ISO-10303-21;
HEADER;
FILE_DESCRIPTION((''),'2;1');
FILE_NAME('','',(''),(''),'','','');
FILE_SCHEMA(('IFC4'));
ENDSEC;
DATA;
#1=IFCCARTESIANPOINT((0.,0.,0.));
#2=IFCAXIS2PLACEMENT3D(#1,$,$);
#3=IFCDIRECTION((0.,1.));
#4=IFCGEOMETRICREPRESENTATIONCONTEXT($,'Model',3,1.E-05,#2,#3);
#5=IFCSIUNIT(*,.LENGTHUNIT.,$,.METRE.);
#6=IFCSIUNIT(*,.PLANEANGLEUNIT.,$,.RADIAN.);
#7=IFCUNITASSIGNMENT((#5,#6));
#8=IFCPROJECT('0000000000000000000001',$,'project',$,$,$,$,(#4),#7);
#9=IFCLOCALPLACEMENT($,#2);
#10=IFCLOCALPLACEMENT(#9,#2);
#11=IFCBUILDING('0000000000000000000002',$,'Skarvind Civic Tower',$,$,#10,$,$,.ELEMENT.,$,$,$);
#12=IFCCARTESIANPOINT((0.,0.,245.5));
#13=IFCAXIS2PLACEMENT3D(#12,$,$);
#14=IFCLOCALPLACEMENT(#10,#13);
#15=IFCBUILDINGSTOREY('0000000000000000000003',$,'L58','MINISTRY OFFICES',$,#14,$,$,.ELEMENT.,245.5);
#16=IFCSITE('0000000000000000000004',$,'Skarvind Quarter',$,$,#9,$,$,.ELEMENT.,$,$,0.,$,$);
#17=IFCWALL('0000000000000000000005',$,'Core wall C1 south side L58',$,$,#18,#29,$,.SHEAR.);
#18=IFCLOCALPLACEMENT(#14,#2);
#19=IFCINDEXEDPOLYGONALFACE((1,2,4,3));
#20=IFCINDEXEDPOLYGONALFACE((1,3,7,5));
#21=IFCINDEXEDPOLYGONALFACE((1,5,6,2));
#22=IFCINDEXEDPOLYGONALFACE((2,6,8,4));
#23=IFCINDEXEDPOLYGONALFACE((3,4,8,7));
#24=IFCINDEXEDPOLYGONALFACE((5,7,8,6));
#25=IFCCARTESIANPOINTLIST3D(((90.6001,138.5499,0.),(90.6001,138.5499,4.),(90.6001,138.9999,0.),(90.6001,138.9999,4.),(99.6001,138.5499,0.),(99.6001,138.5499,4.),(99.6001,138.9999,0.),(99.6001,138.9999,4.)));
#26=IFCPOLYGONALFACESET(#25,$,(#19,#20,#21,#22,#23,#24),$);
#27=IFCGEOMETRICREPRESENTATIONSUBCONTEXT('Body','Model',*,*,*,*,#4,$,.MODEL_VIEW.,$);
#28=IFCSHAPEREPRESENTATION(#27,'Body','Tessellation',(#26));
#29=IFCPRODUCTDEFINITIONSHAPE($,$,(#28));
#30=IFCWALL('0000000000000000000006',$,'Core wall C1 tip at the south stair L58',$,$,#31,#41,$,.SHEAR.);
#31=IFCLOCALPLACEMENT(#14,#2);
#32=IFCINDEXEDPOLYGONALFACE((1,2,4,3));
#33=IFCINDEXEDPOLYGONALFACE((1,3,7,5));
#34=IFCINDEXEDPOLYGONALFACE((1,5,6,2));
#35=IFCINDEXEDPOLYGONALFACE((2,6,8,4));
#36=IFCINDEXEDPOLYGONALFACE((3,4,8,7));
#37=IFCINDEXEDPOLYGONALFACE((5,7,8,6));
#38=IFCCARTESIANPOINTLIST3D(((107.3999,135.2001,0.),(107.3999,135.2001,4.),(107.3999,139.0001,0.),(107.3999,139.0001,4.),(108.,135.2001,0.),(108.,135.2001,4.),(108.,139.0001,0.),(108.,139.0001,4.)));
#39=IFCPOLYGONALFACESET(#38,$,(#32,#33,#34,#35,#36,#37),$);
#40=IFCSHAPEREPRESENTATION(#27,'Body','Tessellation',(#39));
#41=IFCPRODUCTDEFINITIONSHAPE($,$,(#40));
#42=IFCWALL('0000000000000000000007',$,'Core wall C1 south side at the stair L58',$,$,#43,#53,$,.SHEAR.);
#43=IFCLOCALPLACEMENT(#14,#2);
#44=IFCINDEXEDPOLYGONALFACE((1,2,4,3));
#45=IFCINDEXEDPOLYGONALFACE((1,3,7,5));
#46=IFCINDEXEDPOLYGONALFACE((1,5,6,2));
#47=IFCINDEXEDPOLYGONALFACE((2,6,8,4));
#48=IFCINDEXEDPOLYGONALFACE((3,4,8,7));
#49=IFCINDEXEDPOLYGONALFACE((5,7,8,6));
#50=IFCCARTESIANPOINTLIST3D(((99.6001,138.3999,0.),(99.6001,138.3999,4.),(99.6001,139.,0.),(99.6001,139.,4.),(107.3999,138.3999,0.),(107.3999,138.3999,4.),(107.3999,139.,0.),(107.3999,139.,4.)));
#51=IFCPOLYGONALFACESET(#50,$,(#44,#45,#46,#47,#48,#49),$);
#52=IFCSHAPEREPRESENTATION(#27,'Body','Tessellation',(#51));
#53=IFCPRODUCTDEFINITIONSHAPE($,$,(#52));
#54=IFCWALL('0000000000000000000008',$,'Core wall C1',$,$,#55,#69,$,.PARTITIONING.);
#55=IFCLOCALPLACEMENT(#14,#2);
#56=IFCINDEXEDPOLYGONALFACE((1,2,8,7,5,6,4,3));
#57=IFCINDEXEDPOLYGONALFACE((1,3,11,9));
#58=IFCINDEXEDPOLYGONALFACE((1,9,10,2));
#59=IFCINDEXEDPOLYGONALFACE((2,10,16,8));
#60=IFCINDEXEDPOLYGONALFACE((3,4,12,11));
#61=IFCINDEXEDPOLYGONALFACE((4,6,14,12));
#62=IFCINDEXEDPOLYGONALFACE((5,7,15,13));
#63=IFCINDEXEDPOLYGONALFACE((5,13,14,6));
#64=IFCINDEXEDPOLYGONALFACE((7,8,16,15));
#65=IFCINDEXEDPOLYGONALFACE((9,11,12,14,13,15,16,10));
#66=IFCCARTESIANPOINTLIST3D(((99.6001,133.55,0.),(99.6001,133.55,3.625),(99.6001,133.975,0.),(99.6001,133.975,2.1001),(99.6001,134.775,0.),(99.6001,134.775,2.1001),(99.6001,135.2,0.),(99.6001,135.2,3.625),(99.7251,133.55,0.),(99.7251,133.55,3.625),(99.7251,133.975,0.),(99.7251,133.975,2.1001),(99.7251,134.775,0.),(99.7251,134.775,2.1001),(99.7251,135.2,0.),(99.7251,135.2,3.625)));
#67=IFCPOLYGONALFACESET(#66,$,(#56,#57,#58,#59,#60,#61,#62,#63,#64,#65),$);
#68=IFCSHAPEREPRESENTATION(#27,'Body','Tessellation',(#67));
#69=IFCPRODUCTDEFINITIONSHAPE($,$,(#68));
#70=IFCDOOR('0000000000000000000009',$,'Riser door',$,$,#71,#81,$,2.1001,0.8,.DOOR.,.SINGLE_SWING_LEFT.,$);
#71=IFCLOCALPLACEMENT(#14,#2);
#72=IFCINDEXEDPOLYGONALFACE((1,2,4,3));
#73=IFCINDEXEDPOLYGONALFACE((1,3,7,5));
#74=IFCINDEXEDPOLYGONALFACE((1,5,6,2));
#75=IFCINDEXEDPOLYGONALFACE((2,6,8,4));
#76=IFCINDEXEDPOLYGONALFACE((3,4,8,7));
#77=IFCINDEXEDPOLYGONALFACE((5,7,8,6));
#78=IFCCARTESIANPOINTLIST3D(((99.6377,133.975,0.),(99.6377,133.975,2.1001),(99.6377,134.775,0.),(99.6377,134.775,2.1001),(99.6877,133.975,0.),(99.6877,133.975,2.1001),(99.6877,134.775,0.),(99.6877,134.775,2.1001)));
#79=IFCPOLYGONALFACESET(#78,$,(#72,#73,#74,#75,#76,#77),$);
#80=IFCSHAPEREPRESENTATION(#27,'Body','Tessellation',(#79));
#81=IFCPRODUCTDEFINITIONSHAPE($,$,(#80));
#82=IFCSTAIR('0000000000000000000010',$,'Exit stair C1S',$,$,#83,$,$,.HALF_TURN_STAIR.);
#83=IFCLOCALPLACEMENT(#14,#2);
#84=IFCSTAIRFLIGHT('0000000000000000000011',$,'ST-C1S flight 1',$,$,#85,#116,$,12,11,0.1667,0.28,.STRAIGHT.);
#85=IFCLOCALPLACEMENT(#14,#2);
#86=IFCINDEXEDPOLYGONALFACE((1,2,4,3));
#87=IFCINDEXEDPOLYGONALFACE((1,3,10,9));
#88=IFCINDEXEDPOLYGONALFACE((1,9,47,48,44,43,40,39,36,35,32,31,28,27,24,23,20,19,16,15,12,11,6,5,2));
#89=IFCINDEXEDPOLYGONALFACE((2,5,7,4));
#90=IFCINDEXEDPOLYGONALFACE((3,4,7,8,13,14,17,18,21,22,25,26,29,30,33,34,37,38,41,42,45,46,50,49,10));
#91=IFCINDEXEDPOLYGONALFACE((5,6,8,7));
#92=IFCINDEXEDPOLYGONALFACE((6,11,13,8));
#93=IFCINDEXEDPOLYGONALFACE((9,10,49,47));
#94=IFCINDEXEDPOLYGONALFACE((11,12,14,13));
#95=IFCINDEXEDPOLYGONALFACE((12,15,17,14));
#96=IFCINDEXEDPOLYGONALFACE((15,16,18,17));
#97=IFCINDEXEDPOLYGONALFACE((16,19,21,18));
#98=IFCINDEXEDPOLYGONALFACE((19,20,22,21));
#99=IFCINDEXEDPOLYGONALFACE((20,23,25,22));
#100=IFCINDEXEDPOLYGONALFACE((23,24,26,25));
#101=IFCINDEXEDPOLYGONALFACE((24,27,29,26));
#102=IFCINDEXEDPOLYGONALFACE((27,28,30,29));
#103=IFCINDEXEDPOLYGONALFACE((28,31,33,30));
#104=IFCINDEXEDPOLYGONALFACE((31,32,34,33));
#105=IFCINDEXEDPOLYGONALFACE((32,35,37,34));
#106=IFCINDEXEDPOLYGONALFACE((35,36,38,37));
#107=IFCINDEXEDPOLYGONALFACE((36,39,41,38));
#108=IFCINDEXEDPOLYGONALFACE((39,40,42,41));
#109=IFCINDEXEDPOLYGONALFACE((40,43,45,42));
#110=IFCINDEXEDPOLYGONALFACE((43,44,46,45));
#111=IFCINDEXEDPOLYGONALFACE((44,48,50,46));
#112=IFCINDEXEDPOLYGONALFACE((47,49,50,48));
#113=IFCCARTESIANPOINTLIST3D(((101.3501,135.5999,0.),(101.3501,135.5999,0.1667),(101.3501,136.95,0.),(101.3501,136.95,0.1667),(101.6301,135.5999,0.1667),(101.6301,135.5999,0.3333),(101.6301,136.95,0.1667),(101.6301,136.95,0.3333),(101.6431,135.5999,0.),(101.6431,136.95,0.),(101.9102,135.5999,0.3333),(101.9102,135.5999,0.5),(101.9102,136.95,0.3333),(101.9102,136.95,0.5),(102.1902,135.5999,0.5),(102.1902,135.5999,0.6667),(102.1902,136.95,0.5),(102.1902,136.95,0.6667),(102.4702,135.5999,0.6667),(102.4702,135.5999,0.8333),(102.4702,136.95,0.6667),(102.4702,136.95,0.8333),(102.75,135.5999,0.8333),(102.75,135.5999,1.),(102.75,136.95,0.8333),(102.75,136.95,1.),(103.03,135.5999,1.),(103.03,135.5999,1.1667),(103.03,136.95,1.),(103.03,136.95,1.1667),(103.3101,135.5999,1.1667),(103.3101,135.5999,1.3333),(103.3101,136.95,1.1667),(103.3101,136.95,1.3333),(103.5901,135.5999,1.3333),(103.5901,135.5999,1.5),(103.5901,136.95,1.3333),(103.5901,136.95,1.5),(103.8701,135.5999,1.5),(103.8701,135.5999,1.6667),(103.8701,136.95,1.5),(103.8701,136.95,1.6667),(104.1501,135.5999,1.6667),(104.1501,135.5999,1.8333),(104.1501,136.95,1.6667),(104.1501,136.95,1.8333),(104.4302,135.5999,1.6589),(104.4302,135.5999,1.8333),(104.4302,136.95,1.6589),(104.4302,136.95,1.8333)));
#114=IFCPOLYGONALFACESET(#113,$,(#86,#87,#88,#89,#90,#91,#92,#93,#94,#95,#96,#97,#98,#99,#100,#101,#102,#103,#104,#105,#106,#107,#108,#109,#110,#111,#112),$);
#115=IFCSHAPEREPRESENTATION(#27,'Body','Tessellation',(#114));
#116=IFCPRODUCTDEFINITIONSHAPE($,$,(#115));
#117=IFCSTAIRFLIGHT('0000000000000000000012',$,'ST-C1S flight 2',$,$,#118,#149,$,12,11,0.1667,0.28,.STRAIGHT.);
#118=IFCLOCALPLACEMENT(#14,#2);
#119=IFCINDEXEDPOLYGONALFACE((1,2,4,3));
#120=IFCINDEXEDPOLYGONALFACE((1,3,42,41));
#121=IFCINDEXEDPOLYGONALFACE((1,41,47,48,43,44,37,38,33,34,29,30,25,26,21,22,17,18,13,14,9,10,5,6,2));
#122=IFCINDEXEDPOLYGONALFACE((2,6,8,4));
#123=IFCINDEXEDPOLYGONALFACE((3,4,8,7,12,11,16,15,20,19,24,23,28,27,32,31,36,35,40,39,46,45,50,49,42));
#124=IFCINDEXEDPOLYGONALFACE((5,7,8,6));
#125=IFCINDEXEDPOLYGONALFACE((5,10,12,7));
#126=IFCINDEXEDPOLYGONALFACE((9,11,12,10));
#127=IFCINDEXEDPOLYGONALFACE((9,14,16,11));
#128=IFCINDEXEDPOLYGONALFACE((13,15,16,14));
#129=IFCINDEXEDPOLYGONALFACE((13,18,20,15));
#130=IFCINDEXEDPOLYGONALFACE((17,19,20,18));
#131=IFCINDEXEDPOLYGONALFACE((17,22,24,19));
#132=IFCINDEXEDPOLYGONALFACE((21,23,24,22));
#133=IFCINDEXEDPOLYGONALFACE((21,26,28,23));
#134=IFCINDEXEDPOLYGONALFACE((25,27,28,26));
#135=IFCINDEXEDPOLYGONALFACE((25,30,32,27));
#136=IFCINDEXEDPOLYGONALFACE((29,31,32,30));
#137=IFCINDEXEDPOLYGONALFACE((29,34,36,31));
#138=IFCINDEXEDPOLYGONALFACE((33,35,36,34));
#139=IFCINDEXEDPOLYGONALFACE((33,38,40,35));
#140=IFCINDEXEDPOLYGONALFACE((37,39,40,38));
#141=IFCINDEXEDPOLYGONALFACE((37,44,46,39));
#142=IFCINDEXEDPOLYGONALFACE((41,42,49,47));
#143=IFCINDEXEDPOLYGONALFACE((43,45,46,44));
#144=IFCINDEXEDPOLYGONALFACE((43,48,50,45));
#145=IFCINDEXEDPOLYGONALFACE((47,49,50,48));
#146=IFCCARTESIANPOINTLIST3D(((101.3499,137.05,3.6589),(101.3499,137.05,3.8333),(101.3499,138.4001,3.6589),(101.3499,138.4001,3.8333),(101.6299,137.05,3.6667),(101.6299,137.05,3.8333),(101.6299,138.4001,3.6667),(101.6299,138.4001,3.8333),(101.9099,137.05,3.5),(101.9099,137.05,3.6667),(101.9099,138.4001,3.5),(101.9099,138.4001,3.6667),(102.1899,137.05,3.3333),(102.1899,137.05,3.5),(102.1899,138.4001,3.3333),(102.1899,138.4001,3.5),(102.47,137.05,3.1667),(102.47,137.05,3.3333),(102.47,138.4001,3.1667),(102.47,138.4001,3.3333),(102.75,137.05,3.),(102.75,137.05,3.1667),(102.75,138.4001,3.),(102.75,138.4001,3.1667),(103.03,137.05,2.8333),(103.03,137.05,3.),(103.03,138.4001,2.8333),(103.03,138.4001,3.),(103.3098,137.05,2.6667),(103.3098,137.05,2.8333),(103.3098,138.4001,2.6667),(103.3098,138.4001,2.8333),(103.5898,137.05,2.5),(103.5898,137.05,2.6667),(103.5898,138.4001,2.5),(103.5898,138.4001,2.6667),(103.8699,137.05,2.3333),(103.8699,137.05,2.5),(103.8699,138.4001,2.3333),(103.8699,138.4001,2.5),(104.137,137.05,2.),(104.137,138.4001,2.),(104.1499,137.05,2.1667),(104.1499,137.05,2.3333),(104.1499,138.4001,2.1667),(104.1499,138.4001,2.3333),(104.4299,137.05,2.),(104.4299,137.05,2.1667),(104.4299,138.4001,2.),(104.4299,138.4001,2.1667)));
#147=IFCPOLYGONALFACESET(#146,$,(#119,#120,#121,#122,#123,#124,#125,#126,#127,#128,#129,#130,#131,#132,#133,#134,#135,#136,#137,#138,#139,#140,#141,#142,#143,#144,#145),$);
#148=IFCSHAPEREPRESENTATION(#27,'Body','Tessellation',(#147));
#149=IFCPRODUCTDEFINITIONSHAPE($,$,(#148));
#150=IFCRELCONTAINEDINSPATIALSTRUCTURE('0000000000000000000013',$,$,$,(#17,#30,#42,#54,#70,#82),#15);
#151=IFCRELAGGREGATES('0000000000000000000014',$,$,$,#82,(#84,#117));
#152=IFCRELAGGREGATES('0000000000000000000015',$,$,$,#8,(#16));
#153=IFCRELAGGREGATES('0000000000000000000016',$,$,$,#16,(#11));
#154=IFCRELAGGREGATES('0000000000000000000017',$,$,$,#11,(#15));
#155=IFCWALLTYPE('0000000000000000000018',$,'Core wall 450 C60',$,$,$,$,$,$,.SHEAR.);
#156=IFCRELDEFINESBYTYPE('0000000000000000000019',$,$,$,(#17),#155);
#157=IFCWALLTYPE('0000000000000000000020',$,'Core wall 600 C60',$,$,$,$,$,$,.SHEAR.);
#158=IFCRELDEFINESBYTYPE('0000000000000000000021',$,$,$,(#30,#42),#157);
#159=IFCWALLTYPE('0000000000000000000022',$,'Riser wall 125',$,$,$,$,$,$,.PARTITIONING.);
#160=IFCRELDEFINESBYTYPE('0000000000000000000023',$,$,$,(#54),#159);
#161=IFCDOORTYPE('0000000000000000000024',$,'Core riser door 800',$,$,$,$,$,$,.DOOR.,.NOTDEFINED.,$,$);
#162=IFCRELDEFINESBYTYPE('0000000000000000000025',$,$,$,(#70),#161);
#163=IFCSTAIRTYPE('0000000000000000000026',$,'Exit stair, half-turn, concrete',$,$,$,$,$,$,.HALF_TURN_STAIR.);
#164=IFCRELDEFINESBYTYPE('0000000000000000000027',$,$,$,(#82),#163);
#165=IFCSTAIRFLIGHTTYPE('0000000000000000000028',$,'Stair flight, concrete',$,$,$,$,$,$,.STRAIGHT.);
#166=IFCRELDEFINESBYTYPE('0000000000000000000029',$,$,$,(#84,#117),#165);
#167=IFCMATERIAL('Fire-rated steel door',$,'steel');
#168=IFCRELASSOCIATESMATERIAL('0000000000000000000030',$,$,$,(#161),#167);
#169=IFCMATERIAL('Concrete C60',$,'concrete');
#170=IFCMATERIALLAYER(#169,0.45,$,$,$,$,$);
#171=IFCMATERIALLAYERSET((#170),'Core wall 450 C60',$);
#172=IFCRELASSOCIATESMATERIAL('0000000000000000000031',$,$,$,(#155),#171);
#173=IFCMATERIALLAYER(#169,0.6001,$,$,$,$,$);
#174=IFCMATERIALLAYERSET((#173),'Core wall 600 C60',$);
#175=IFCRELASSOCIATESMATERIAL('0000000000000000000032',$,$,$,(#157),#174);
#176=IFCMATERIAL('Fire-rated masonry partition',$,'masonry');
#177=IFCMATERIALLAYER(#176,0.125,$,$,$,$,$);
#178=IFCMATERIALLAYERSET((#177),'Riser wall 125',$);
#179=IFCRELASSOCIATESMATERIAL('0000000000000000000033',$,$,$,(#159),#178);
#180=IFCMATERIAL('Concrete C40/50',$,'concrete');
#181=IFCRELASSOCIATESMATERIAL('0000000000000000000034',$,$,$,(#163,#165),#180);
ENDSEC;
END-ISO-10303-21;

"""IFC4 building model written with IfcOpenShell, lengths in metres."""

from ifc_helpers import new_model, si_unit, direction, frame, frame_2d, origin, place, context, subcontext, project, spatial, polyline, rectangle, outline, extrude, material, layer, layer_set, type_object, element, fill, aggregate, save


model = new_model("IFC4")

# Units and contexts
model_context = context("Model", 3, precision=1e-05, world=origin(), true_north=direction((0.0, 1.0)))
body_context = subcontext(model_context, "Body", "Model", "MODEL_VIEW")
ifc_project = project(units=[si_unit("LENGTHUNIT", "METRE"), si_unit("PLANEANGLEUNIT", "RADIAN")], contexts=[model_context])

# Site, building, storey
site_placement = place(None, origin())
site = spatial("IfcSite", under=ifc_project, at=site_placement, Name="Skarvind Quarter", CompositionType="ELEMENT", RefElevation=0.0)
building_placement = place(site_placement, origin())
building = spatial("IfcBuilding", under=site, at=building_placement, Name="Skarvind Civic Tower", CompositionType="ELEMENT")
storey_placement = place(building_placement, frame((0.0, 0.0, 245.5)))
storey = spatial("IfcBuildingStorey", under=building, at=storey_placement, Name="L58", Description="MINISTRY OFFICES", CompositionType="ELEMENT", Elevation=245.5)

# Shared definitions
ifc_material_1 = material(Name="Concrete C60", Category="concrete")
ifc_material_2 = material(Name="Fire-rated steel door", Category="steel")
door_type_1 = type_object("IfcDoorType", Name="Core riser door 800", OperationType="NOTDEFINED", PredefinedType="DOOR", material=ifc_material_2)

# Walls
ifc_layer_1 = layer(ifc_material_1, 0.45)
ifc_layer_set_1 = layer_set([ifc_layer_1], Name="Core wall 450 C60")
wall_type_1 = type_object("IfcWallType", Name="Core wall 450 C60", PredefinedType="SHEAR", material=ifc_layer_set_1)
wall_1_placement = place(storey_placement, frame((99.6001, 138.7749, 0.0), z_axis=(0.0, 0.0, 1.0), x_axis=(-1.0, 0.0, 0.0)))
element("IfcWall", 1, at=wall_1_placement, inside=storey, type_object=wall_type_1, Name="Core wall C1 south side L58", PredefinedType="SHEAR", context=body_context, shape_type="SweptSolid", body=[
    extrude(rectangle(XDim=9.0, YDim=0.45, at=frame_2d((4.5, 0.0))), origin(), (0.0, 0.0, 1.0), 4.0),
])
ifc_layer_2 = layer(ifc_material_1, 0.6001)
ifc_layer_set_2 = layer_set([ifc_layer_2], Name="Core wall 600 C60")
wall_type_2 = type_object("IfcWallType", Name="Core wall 600 C60", PredefinedType="SHEAR", material=ifc_layer_set_2)
wall_2_placement = place(storey_placement, frame((107.7, 139.0, 0.0), z_axis=(0.0, 0.0, 1.0), x_axis=(0.0, -1.0, 0.0)))
element("IfcWall", 2, at=wall_2_placement, inside=storey, type_object=wall_type_2, Name="Core wall C1 tip at the south stair L58", PredefinedType="SHEAR", context=body_context, shape_type="SweptSolid", body=[
    extrude(rectangle(XDim=3.8, YDim=0.6001, at=frame_2d((1.8999, 0.0))), origin(), (0.0, 0.0, 1.0), 4.0),
])
wall_3_placement = place(storey_placement, frame((107.3999, 138.7, 0.0), z_axis=(0.0, 0.0, 1.0), x_axis=(-1.0, 0.0, 0.0)))
element("IfcWall", 3, at=wall_3_placement, inside=storey, type_object=wall_type_2, Name="Core wall C1 south side at the stair L58", PredefinedType="SHEAR", context=body_context, shape_type="SweptSolid", body=[
    extrude(rectangle(XDim=7.7998, YDim=0.6001, at=frame_2d((3.8999, 0.0))), origin(), (0.0, 0.0, 1.0), 4.0),
])

# Wall, opening, door
ifc_material_3 = material(Name="Fire-rated masonry partition", Category="masonry")
ifc_layer_3 = layer(ifc_material_3, 0.125)
ifc_layer_set_3 = layer_set([ifc_layer_3], Name="Riser wall 125")
wall_type_3 = type_object("IfcWallType", Name="Riser wall 125", PredefinedType="PARTITIONING", material=ifc_layer_set_3)
wall_4_placement = place(storey_placement, frame((99.6626, 133.55, 0.0), z_axis=(0.0, 0.0, 1.0), x_axis=(0.0, 1.0, 0.0)))
wall_4 = element("IfcWall", 4, at=wall_4_placement, inside=storey, type_object=wall_type_3, Name="Core wall C1", PredefinedType="PARTITIONING", context=body_context, shape_type="SweptSolid", body=[
    extrude(rectangle(XDim=1.6499, YDim=0.125, at=frame_2d((0.825, 0.0))), origin(), (0.0, 0.0, 1.0), 3.625),
])
opening_1_placement = place(wall_4_placement, frame((0.425, 0.0, 0.0)))
opening_1 = element("IfcOpeningElement", 5, at=opening_1_placement, cuts=wall_4, PredefinedType="OPENING", context=body_context, shape_type="SweptSolid", body=[
    extrude(rectangle(XDim=0.8, YDim=2.1001, at=frame_2d((0.3999, 1.05))), frame((0.0, 0.0725, 0.0), z_axis=(0.0, -1.0, 0.0), x_axis=(1.0, 0.0, 0.0)), (0.0, 0.0, 1.0), 0.145),
])
door_1_placement = place(opening_1_placement, origin())
door_1 = element("IfcDoor", 6, at=door_1_placement, inside=storey, type_object=door_type_1, Name="Riser door", OperationType="SINGLE_SWING_LEFT", OverallHeight=2.1001, OverallWidth=0.8, PredefinedType="DOOR", context=body_context, shape_type="SweptSolid", body=[
    extrude(rectangle(XDim=0.8, YDim=2.1001, at=frame_2d((0.3999, 1.05))), frame((0.0, 0.0249, 0.0), z_axis=(0.0, -1.0, 0.0), x_axis=(1.0, 0.0, 0.0)), (0.0, 0.0, 1.0), 0.05),
])
fill(opening_1, door_1)

# Stair, stair flights
ifc_material_4 = material(Name="Concrete C40/50", Category="concrete")
stair_type = type_object("IfcStairType", Name="Exit stair, half-turn, concrete", PredefinedType="HALF_TURN_STAIR", material=ifc_material_4)
stair_placement = place(storey_placement, origin())
stair = element("IfcStair", 7, at=stair_placement, inside=storey, type_object=stair_type, Name="Exit stair C1S", PredefinedType="HALF_TURN_STAIR")
stair_flight_type = type_object("IfcStairFlightType", Name="Stair flight, concrete", PredefinedType="STRAIGHT", material=ifc_material_4)
stair_flight_1_placement = place(storey_placement, frame((101.3501, 136.2749, 0.0), z_axis=(0.0, 0.0, 1.0), x_axis=(1.0, 0.0, 0.0)))
stair_flight_1 = element("IfcStairFlight", 8, at=stair_flight_1_placement, type_object=stair_flight_type, Name="ST-C1S flight 1", NumberOfRisers=12, NumberOfTreads=11, PredefinedType="STRAIGHT", RiserHeight=0.1667, TreadLength=0.28, context=body_context, shape_type="SweptSolid", body=[
    extrude(outline(polyline([(0.0, 0.0), (0.0, 0.1667), (0.28, 0.1667), (0.28, 0.3333), (0.5601, 0.3333), (0.5601, 0.5), (0.8401, 0.5), (0.8401, 0.6667), (1.1201, 0.6667), (1.1201, 0.8333), (1.3999, 0.8333), (1.3999, 1.0), (1.6799, 1.0), (1.6799, 1.1667), (1.96, 1.1667), (1.96, 1.3333), (2.24, 1.3333), (2.24, 1.5), (2.52, 1.5), (2.52, 1.6667), (2.8, 1.6667), (2.8, 1.8333), (3.0801, 1.8333), (3.0801, 2.0), (3.0801, 1.6589), (0.293, 0.0), (0.0, 0.0)])), frame((0.0, 0.675, 0.0), z_axis=(0.0, -1.0, 0.0), x_axis=(1.0, 0.0, 0.0)), (0.0, 0.0, 1.0), 1.3501),
])
stair_flight_2_placement = place(storey_placement, frame((104.4299, 137.7251, 2.0), z_axis=(0.0, 0.0, 1.0), x_axis=(-1.0, 0.0, 0.0)))
stair_flight_2 = element("IfcStairFlight", 9, at=stair_flight_2_placement, type_object=stair_flight_type, Name="ST-C1S flight 2", NumberOfRisers=12, NumberOfTreads=11, PredefinedType="STRAIGHT", RiserHeight=0.1667, TreadLength=0.28, context=body_context, shape_type="SweptSolid", body=[
    extrude(outline(polyline([(0.0, 0.0), (0.0, 0.1667), (0.28, 0.1667), (0.28, 0.3333), (0.5601, 0.3333), (0.5601, 0.5), (0.8401, 0.5), (0.8401, 0.6667), (1.1201, 0.6667), (1.1201, 0.8333), (1.3999, 0.8333), (1.3999, 1.0), (1.6799, 1.0), (1.6799, 1.1667), (1.96, 1.1667), (1.96, 1.3333), (2.24, 1.3333), (2.24, 1.5), (2.52, 1.5), (2.52, 1.6667), (2.8, 1.6667), (2.8, 1.8333), (3.0801, 1.8333), (3.0801, 2.0), (3.0801, 1.6589), (0.293, 0.0), (0.0, 0.0)])), frame((0.0, 0.675, 0.0), z_axis=(0.0, -1.0, 0.0), x_axis=(1.0, 0.0, 0.0)), (0.0, 0.0, 1.0), 1.3501),
])
aggregate(stair, [stair_flight_1, stair_flight_2])

save(model, "model.ifc")
